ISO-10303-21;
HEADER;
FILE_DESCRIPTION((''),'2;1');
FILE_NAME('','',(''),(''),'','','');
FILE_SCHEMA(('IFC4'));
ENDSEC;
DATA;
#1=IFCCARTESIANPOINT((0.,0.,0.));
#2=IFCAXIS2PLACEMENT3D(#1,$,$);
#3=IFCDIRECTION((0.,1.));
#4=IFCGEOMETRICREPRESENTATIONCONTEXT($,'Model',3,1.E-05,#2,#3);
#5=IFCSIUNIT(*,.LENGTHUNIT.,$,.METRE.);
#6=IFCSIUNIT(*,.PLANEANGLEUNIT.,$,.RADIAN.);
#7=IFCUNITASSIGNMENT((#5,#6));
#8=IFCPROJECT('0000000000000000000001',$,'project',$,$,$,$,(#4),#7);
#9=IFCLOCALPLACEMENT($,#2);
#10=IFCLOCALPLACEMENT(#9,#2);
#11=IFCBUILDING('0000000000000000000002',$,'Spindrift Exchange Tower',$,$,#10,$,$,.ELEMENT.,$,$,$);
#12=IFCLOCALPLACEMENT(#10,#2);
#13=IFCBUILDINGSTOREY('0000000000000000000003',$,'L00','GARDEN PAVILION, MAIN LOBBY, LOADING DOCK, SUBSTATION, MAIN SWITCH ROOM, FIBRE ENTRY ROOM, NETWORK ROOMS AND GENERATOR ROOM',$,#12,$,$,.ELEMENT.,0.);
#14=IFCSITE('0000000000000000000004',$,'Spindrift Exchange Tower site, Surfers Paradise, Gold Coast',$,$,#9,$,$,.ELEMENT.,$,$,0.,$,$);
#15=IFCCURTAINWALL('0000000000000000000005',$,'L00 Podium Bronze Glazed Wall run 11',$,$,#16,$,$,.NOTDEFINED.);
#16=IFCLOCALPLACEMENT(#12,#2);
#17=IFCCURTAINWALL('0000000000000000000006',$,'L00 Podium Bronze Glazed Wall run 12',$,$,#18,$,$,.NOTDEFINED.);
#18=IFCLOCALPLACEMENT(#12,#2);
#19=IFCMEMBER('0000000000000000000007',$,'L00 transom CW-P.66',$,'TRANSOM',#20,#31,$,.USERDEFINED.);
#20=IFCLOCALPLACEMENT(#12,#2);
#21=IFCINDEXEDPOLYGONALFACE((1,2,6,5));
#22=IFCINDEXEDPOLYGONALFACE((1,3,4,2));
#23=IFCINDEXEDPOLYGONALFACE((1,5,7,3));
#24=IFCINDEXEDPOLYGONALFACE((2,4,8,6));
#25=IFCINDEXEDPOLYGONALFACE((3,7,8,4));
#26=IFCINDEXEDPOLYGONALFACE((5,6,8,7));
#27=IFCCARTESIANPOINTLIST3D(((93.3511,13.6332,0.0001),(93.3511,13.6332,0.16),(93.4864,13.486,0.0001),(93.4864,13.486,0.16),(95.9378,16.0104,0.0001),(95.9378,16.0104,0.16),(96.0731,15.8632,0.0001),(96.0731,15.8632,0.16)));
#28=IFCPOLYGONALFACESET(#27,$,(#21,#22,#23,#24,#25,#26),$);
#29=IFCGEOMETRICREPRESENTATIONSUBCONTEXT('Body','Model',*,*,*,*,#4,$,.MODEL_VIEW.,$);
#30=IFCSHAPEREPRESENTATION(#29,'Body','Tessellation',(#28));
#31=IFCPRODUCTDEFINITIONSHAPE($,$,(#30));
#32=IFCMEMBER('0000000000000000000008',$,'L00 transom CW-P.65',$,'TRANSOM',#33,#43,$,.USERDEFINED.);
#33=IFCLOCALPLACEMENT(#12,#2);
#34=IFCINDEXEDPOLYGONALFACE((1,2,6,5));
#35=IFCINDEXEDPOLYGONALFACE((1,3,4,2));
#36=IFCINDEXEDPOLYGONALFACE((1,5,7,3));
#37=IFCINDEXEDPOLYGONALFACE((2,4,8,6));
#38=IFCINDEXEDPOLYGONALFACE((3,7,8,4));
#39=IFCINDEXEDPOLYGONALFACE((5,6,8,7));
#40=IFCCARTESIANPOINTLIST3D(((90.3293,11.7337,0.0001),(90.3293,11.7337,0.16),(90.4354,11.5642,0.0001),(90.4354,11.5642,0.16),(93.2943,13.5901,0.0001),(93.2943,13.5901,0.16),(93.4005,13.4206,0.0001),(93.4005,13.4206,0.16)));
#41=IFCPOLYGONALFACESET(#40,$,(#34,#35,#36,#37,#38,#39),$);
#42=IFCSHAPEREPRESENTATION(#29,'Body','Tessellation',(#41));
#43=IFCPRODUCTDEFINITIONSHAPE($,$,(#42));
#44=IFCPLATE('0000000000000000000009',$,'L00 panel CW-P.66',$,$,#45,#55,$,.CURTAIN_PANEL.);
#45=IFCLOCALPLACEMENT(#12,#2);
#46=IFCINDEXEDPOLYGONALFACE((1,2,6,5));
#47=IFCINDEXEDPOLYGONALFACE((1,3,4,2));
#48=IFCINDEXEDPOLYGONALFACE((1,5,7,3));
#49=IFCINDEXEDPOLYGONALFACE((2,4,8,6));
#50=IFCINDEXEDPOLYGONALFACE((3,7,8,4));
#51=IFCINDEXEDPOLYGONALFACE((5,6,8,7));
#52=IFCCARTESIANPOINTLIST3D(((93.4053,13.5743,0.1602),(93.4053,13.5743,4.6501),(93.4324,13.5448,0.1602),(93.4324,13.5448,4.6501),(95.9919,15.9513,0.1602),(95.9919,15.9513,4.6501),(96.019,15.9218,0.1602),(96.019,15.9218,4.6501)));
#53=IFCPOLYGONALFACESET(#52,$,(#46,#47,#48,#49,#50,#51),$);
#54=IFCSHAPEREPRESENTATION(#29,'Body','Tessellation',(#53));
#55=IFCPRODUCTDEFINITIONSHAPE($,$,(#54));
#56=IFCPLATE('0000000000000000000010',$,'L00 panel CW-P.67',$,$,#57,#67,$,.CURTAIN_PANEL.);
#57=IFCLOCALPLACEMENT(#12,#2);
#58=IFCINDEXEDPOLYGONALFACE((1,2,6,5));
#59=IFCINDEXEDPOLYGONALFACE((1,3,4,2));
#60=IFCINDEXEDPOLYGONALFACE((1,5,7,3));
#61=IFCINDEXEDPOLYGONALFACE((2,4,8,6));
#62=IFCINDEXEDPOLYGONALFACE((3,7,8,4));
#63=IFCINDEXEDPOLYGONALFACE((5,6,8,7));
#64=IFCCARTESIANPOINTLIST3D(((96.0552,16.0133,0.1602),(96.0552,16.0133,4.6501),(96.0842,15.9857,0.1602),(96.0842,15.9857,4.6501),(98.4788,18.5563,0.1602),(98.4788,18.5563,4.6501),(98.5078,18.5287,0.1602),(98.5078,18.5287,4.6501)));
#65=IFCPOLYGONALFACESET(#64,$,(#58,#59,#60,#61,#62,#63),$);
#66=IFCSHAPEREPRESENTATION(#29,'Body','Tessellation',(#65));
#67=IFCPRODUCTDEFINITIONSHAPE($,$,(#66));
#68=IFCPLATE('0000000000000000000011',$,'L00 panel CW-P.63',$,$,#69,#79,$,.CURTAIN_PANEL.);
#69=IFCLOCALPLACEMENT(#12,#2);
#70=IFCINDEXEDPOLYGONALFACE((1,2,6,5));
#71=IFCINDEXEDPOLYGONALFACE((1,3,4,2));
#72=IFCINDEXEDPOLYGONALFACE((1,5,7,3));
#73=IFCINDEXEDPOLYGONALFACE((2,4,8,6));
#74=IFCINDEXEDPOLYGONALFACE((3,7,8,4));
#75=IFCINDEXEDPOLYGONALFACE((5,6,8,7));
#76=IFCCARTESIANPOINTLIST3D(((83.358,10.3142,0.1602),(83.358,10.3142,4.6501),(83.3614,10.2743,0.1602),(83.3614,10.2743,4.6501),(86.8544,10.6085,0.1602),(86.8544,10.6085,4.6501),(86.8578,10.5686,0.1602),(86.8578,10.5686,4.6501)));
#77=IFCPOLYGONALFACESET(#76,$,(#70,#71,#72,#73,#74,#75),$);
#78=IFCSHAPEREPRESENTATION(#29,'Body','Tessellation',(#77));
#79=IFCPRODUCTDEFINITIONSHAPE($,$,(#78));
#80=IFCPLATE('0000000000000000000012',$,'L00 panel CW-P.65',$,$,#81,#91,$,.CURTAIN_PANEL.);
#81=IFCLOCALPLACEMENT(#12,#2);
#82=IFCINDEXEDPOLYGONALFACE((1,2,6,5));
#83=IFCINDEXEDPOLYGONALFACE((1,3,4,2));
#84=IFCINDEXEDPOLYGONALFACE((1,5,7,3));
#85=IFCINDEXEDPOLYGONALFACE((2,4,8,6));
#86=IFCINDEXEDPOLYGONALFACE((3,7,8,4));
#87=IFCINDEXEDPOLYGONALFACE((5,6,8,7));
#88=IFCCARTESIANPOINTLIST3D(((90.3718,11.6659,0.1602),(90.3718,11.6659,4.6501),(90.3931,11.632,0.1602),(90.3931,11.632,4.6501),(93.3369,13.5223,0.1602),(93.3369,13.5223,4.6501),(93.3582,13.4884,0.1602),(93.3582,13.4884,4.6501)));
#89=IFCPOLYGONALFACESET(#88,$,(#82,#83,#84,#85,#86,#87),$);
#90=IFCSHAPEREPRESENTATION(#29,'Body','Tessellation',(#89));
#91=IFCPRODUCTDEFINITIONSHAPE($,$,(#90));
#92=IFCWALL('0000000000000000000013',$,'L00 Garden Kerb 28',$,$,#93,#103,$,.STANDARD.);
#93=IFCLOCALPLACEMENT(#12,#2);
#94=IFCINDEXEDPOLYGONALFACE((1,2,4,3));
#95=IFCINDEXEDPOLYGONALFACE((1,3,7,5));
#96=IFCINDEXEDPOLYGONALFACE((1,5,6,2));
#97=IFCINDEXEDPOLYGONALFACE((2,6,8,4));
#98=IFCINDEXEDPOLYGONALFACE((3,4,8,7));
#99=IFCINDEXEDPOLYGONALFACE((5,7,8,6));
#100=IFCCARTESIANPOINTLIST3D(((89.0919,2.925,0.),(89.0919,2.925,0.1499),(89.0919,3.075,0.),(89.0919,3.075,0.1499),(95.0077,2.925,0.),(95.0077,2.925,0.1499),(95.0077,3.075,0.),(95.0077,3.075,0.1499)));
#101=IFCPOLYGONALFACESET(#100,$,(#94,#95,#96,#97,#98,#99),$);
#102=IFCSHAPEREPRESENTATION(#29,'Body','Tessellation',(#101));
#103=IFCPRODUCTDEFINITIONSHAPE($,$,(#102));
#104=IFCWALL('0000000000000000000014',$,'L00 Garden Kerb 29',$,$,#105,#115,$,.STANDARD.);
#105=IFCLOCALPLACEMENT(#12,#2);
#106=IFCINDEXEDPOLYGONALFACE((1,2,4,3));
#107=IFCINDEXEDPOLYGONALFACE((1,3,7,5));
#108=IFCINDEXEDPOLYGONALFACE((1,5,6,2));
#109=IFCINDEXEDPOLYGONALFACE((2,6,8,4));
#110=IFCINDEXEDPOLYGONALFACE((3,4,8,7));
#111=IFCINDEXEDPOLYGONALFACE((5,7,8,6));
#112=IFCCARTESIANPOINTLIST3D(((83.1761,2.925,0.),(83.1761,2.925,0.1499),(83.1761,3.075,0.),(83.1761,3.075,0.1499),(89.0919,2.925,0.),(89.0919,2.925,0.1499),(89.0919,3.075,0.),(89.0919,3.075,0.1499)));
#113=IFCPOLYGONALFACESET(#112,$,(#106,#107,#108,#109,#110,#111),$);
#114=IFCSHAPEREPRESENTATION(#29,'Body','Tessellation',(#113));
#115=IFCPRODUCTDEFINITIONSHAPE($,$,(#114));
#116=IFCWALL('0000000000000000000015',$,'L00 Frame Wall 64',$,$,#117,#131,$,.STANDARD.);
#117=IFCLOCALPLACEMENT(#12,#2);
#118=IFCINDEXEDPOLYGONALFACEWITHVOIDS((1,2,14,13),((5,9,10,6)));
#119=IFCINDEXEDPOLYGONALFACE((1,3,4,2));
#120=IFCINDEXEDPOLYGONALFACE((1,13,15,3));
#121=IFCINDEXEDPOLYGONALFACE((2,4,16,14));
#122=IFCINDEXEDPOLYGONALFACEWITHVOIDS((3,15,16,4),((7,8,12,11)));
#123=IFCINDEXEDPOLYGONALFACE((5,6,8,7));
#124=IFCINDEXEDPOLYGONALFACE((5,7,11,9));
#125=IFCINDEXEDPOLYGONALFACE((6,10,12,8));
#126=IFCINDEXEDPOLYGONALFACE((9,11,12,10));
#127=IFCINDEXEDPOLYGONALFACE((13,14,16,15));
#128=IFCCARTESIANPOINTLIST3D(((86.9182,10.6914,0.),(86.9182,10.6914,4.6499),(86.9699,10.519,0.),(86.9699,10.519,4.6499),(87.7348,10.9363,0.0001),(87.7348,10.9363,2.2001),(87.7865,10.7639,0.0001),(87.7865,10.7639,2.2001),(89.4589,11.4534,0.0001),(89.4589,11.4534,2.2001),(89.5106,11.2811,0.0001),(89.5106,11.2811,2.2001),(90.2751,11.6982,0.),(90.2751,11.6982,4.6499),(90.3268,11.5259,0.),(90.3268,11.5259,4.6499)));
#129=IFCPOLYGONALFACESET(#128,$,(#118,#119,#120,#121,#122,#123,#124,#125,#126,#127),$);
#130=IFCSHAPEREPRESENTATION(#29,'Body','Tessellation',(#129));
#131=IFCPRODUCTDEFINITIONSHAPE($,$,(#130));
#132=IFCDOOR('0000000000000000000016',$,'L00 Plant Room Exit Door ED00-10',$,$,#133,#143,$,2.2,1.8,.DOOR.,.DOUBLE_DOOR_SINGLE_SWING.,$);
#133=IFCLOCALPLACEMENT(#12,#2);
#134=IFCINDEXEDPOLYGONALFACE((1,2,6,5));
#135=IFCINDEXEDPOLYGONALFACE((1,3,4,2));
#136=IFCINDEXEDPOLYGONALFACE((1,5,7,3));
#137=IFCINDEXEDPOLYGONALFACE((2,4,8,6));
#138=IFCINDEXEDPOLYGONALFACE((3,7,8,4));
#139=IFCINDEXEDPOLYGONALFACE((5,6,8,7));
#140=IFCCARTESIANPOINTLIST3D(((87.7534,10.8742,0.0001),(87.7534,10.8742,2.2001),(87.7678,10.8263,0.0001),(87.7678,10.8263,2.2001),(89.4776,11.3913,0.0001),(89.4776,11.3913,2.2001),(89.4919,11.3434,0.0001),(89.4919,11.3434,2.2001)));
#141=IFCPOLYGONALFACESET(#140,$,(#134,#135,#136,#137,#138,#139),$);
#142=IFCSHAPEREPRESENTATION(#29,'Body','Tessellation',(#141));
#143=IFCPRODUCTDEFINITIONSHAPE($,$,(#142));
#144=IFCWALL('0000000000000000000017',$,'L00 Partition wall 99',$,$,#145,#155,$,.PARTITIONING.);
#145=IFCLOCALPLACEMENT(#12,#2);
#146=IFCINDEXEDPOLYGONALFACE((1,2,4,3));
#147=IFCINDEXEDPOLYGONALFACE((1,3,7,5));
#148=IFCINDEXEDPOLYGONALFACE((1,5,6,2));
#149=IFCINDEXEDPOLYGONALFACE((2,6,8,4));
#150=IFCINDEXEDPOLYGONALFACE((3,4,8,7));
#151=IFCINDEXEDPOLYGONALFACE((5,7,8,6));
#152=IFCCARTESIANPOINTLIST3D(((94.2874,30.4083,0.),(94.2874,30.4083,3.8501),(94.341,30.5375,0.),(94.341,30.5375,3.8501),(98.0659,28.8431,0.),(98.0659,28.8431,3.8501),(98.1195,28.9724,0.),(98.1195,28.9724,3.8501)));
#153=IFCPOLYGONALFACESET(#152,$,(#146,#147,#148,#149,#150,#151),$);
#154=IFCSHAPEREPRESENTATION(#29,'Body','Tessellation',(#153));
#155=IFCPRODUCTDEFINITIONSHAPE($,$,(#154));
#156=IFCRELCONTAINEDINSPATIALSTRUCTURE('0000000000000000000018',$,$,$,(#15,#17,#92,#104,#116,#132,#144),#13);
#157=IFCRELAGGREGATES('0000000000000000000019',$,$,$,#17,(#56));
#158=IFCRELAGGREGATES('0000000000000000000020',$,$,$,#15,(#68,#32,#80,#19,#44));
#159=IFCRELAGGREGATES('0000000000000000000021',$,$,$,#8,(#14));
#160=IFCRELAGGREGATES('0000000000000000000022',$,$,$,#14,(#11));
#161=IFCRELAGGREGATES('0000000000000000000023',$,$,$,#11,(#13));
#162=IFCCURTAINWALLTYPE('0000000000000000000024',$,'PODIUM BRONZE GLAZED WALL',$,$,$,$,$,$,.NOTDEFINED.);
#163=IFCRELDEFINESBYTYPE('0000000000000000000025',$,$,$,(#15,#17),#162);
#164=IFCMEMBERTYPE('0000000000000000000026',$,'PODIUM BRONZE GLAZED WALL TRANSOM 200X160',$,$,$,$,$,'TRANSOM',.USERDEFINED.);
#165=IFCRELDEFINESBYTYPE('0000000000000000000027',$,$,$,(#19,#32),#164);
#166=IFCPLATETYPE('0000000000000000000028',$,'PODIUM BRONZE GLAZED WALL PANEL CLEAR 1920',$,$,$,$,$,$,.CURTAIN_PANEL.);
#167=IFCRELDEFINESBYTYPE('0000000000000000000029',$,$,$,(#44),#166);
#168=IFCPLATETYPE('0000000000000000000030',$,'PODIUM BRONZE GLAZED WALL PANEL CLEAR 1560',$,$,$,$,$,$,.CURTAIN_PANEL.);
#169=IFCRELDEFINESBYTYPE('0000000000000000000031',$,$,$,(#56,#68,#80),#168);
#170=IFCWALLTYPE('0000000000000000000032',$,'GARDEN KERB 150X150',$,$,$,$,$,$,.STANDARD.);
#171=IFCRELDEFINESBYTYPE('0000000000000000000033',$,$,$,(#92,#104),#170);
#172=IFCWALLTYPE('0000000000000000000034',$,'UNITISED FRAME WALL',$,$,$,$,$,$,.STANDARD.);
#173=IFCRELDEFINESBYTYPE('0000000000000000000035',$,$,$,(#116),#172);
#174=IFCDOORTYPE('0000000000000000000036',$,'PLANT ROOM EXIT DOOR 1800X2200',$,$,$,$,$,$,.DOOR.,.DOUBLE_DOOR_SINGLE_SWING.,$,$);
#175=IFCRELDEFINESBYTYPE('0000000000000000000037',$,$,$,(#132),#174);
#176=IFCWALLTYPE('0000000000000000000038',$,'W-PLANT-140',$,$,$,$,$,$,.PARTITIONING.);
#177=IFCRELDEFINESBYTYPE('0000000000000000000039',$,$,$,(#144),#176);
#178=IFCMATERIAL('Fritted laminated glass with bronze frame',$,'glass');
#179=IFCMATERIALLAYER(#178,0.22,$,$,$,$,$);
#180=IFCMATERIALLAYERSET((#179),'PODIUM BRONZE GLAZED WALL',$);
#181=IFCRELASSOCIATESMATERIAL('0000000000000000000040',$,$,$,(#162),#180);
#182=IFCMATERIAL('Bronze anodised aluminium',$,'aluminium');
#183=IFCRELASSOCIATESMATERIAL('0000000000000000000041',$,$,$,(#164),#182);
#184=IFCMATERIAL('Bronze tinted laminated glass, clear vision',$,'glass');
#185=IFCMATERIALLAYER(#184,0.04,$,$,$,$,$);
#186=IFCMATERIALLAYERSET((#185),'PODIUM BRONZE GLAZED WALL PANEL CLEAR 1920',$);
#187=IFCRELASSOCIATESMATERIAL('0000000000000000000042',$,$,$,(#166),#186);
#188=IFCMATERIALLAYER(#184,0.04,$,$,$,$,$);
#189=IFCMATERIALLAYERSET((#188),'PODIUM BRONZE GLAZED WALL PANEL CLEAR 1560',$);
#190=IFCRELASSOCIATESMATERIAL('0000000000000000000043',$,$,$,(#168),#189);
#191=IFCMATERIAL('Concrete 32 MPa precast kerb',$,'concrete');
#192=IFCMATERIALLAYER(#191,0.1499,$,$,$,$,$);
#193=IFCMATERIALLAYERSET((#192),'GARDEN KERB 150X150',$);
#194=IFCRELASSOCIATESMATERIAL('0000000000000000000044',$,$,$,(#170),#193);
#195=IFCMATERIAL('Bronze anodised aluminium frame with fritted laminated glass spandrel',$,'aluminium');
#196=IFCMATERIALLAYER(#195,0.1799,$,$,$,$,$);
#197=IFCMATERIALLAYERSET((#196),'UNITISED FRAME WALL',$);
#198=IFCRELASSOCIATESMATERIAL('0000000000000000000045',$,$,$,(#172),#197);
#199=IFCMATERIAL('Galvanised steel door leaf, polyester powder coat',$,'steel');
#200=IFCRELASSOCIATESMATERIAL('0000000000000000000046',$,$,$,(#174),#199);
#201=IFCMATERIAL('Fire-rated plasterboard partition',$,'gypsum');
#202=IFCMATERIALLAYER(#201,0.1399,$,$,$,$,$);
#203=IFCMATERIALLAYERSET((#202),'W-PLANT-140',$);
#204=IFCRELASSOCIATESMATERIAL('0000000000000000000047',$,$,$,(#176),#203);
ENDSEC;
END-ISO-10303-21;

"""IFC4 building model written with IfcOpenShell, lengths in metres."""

from ifc_helpers import new_model, si_unit, direction, frame, frame_2d, origin, origin_2d, place, context, subcontext, project, spatial, rectangle, extrude, source, transform, mapped, material, layer, layer_set, material_profile, profile_set, type_object, element, fill, aggregate, save


model = new_model("IFC4")

# Units and contexts
model_context = context("Model", 3, precision=1e-05, world=origin(), true_north=direction((0.0, 1.0)))
body_context = subcontext(model_context, "Body", "Model", "MODEL_VIEW")
ifc_project = project(units=[si_unit("LENGTHUNIT", "METRE"), si_unit("PLANEANGLEUNIT", "RADIAN")], contexts=[model_context])

# Site, building, storey
site_placement = place(None, origin())
site = spatial("IfcSite", under=ifc_project, at=site_placement, Name="Spindrift Exchange Tower site, Surfers Paradise, Gold Coast", CompositionType="ELEMENT", RefElevation=0.0)
building_placement = place(site_placement, origin())
building = spatial("IfcBuilding", under=site, at=building_placement, Name="Spindrift Exchange Tower", CompositionType="ELEMENT")
storey_placement = place(building_placement, origin())
storey = spatial("IfcBuildingStorey", under=building, at=storey_placement, Name="L00", Description="GARDEN PAVILION, MAIN LOBBY, LOADING DOCK, SUBSTATION, MAIN SWITCH ROOM, FIBRE ENTRY ROOM, NETWORK ROOMS AND GENERATOR ROOM", CompositionType="ELEMENT", Elevation=0.0)

# Curtain walls
ifc_material_1 = material(Name="Fritted laminated glass with bronze frame", Category="glass")
ifc_layer_1 = layer(ifc_material_1, 0.22)
ifc_layer_set_1 = layer_set([ifc_layer_1], Name="PODIUM BRONZE GLAZED WALL")
curtain_wall_type = type_object("IfcCurtainWallType", Name="PODIUM BRONZE GLAZED WALL", PredefinedType="NOTDEFINED", material=ifc_layer_set_1)
curtain_wall_1_placement = place(storey_placement, origin())
curtain_wall_1 = element("IfcCurtainWall", 1, at=curtain_wall_1_placement, inside=storey, type_object=curtain_wall_type, Name="L00 Podium Bronze Glazed Wall run 11", PredefinedType="NOTDEFINED")
ifc_material_2 = material(Name="Bronze anodised aluminium", Category="aluminium")
curtain_wall_2_placement = place(storey_placement, origin())
curtain_wall_2 = element("IfcCurtainWall", 2, at=curtain_wall_2_placement, inside=storey, type_object=curtain_wall_type, Name="L00 Podium Bronze Glazed Wall run 12", PredefinedType="NOTDEFINED")
ifc_material_profile_1 = material_profile(ifc_material_2, rectangle(XDim=0.2, YDim=0.1599, at=origin_2d()), Name="PODIUM BRONZE GLAZED WALL TRANSOM 200X160")
ifc_profile_set_1 = profile_set([ifc_material_profile_1], Name="Bronze anodised aluminium")
member_type_1 = type_object("IfcMemberType", Name="PODIUM BRONZE GLAZED WALL TRANSOM 200X160", ElementType="TRANSOM", PredefinedType="USERDEFINED", material=ifc_profile_set_1)

# Members
shared_shape_1 = source(origin(), body_context, "Body", "SweptSolid", [
    extrude(rectangle(XDim=0.2, YDim=0.1599, at=origin_2d()), origin(), (0.0, 0.0, 1.0), 3.5132),
])
member_1_placement = place(storey_placement, frame((93.4187, 13.5596, 0.0801), z_axis=(0.736291, 0.676665, 0.0), x_axis=(-0.676665, 0.736291, 0.0)))
member_1 = element("IfcMember", 3, at=member_1_placement, type_object=member_type_1, Name="L00 transom CW-P.66", ObjectType="TRANSOM", PredefinedType="USERDEFINED", context=body_context, shape_type="MappedRepresentation", body=[
    mapped(shared_shape_1, transform((0.0, 0.0, 0.0), scale=1.0)),
])
shared_shape_2 = source(origin(), body_context, "Body", "SweptSolid", [
    extrude(rectangle(XDim=0.2, YDim=0.1599, at=origin_2d()), origin(), (0.0, 0.0, 1.0), 3.4983),
])
member_2_placement = place(storey_placement, frame((90.3823, 11.6489, 0.0801), z_axis=(0.847579, 0.53067, 0.0), x_axis=(-0.53067, 0.847579, 0.0)))
member_2 = element("IfcMember", 4, at=member_2_placement, type_object=member_type_1, Name="L00 transom CW-P.65", ObjectType="TRANSOM", PredefinedType="USERDEFINED", context=body_context, shape_type="MappedRepresentation", body=[
    mapped(shared_shape_2, transform((0.0, 0.0, 0.0), scale=1.0)),
])

# Plates
ifc_material_3 = material(Name="Bronze tinted laminated glass, clear vision", Category="glass")
ifc_layer_2 = layer(ifc_material_3, 0.04)
ifc_layer_set_2 = layer_set([ifc_layer_2], Name="PODIUM BRONZE GLAZED WALL PANEL CLEAR 1920")
plate_type_1 = type_object("IfcPlateType", Name="PODIUM BRONZE GLAZED WALL PANEL CLEAR 1920", PredefinedType="CURTAIN_PANEL", material=ifc_layer_set_2)
shared_shape_3 = source(origin(), body_context, "Body", "SweptSolid", [
    extrude(rectangle(XDim=3.5129, YDim=0.04, at=origin_2d()), origin(), (0.0, 0.0, 1.0), 4.49),
])
plate_1_placement = place(storey_placement, frame((94.7122, 14.748, 0.1602), z_axis=(0.0, 0.0, 1.0), x_axis=(0.736313, 0.676641, 0.0)))
plate_1 = element("IfcPlate", 5, at=plate_1_placement, type_object=plate_type_1, Name="L00 panel CW-P.66", PredefinedType="CURTAIN_PANEL", context=body_context, shape_type="MappedRepresentation", body=[
    mapped(shared_shape_3, transform((0.0, 0.0, 0.0), scale=1.0)),
])
ifc_layer_3 = layer(ifc_material_3, 0.04)
ifc_layer_set_3 = layer_set([ifc_layer_3], Name="PODIUM BRONZE GLAZED WALL PANEL CLEAR 1560")
plate_type_2 = type_object("IfcPlateType", Name="PODIUM BRONZE GLAZED WALL PANEL CLEAR 1560", PredefinedType="CURTAIN_PANEL", material=ifc_layer_set_3)
shared_shape_4 = source(origin(), body_context, "Body", "SweptSolid", [
    extrude(rectangle(XDim=3.5129, YDim=0.04, at=origin_2d()), origin(), (0.0, 0.0, 1.0), 4.49),
])
plate_2_placement = place(storey_placement, frame((97.2815, 17.271, 0.1602), z_axis=(0.0, 0.0, 1.0), x_axis=(0.689917, 0.723889, 0.0)))
plate_2 = element("IfcPlate", 6, at=plate_2_placement, type_object=plate_type_2, Name="L00 panel CW-P.67", PredefinedType="CURTAIN_PANEL", context=body_context, shape_type="MappedRepresentation", body=[
    mapped(shared_shape_4, transform((0.0, 0.0, 0.0), scale=1.0)),
])
aggregate(curtain_wall_2, [plate_2])
shared_shape_5 = source(origin(), body_context, "Body", "SweptSolid", [
    extrude(rectangle(XDim=3.5088, YDim=0.04, at=origin_2d()), origin(), (0.0, 0.0, 1.0), 4.49),
])
plate_3_placement = place(storey_placement, frame((85.1079, 10.4414, 0.1602), z_axis=(0.0, 0.0, 1.0), x_axis=(0.996475, 0.08389, 0.0)))
plate_3 = element("IfcPlate", 7, at=plate_3_placement, type_object=plate_type_2, Name="L00 panel CW-P.63", PredefinedType="CURTAIN_PANEL", context=body_context, shape_type="MappedRepresentation", body=[
    mapped(shared_shape_5, transform((0.0, 0.0, 0.0), scale=1.0)),
])
shared_shape_6 = source(origin(), body_context, "Body", "SweptSolid", [
    extrude(rectangle(XDim=3.4983, YDim=0.04, at=origin_2d()), origin(), (0.0, 0.0, 1.0), 4.49),
])
plate_4_placement = place(storey_placement, frame((91.865, 12.5771, 0.1602), z_axis=(0.0, 0.0, 1.0), x_axis=(0.847582, 0.530665, 0.0)))
plate_4 = element("IfcPlate", 8, at=plate_4_placement, type_object=plate_type_2, Name="L00 panel CW-P.65", PredefinedType="CURTAIN_PANEL", context=body_context, shape_type="MappedRepresentation", body=[
    mapped(shared_shape_6, transform((0.0, 0.0, 0.0), scale=1.0)),
])
aggregate(curtain_wall_1, [plate_3, member_2, plate_4, member_1, plate_1])

# Walls
ifc_material_4 = material(Name="Concrete 32 MPa precast kerb", Category="concrete")
ifc_layer_4 = layer(ifc_material_4, 0.1499)
ifc_layer_set_4 = layer_set([ifc_layer_4], Name="GARDEN KERB 150X150")
wall_type_1 = type_object("IfcWallType", Name="GARDEN KERB 150X150", PredefinedType="STANDARD", material=ifc_layer_set_4)
for number, where, z_axis, x_axis, name in (
    (9, (95.0078, 3.0, 0.0), (0.0, 0.0, 1.0), (-1.0, 0.0, 0.0), "L00 Garden Kerb 28"),
    (10, (89.092, 3.0, 0.0), (0.0, 0.0, 1.0), (-1.0, 0.0, 0.0), "L00 Garden Kerb 29"),
):
    element("IfcWall", number, at=place(storey_placement, frame(where, z_axis=z_axis, x_axis=x_axis)), inside=storey, type_object=wall_type_1, Name=name, PredefinedType="STANDARD", context=body_context, shape_type="SweptSolid", body=[
        extrude(rectangle(XDim=5.9158, YDim=0.1499, at=frame_2d((2.958, 0.0))), origin(), (0.0, 0.0, 1.0), 0.1499),
    ])

# Wall, opening, door
ifc_material_5 = material(Name="Bronze anodised aluminium frame with fritted laminated glass spandrel", Category="aluminium")
ifc_layer_5 = layer(ifc_material_5, 0.1799)
ifc_layer_set_5 = layer_set([ifc_layer_5], Name="UNITISED FRAME WALL")
wall_type_2 = type_object("IfcWallType", Name="UNITISED FRAME WALL", PredefinedType="STANDARD", material=ifc_layer_set_5)
wall_1_placement = place(storey_placement, frame((90.301, 11.6121, 0.0), z_axis=(0.0, 0.0, 1.0), x_axis=(-0.957845, -0.287284, 0.0)))
wall_1 = element("IfcWall", 11, at=wall_1_placement, inside=storey, type_object=wall_type_2, Name="L00 Frame Wall 64", PredefinedType="STANDARD", context=body_context, shape_type="SweptSolid", body=[
    extrude(rectangle(XDim=3.5046, YDim=0.1799, at=frame_2d((1.7524, 0.0))), origin(), (0.0, 0.0, 1.0), 4.6499),
])
opening_placement = place(wall_1_placement, frame((0.8523, 0.0, 0.0)))
opening = element("IfcOpeningElement", 12, at=opening_placement, cuts=wall_1, PredefinedType="OPENING", context=body_context, shape_type="SweptSolid", body=[
    extrude(rectangle(XDim=1.8, YDim=2.2, at=frame_2d((0.8999, 1.1001))), frame((0.0, 0.0999, 0.0), z_axis=(0.0, -1.0, 0.0), x_axis=(1.0, 0.0, 0.0)), (0.0, 0.0, 1.0), 0.2),
])
ifc_material_6 = material(Name="Galvanised steel door leaf, polyester powder coat", Category="steel")
door_type = type_object("IfcDoorType", Name="PLANT ROOM EXIT DOOR 1800X2200", OperationType="DOUBLE_DOOR_SINGLE_SWING", PredefinedType="DOOR", material=ifc_material_6)
shared_shape_7 = source(origin(), body_context, "Body", "SweptSolid", [
    extrude(rectangle(XDim=1.8, YDim=2.2, at=frame_2d((0.8999, 1.1001))), frame((0.0, 0.0249, 0.0), z_axis=(0.0, -1.0, 0.0), x_axis=(1.0, 0.0, 0.0)), (0.0, 0.0, 1.0), 0.05),
])
door_placement = place(opening_placement, origin())
door = element("IfcDoor", 13, at=door_placement, inside=storey, type_object=door_type, Name="L00 Plant Room Exit Door ED00-10", OperationType="DOUBLE_DOOR_SINGLE_SWING", OverallHeight=2.2, OverallWidth=1.8, PredefinedType="DOOR", context=body_context, shape_type="MappedRepresentation", body=[
    mapped(shared_shape_7, transform((0.0, 0.0, 0.0), scale=1.0)),
])
fill(opening, door)

# Wall
ifc_material_7 = material(Name="Fire-rated plasterboard partition", Category="gypsum")
ifc_layer_6 = layer(ifc_material_7, 0.1399)
ifc_layer_set_6 = layer_set([ifc_layer_6], Name="W-PLANT-140")
wall_type_3 = type_object("IfcWallType", Name="W-PLANT-140", PredefinedType="PARTITIONING", material=ifc_layer_set_6)
wall_2_placement = place(storey_placement, frame((94.3142, 30.4729, 0.0), z_axis=(0.0, 0.0, 1.0), x_axis=(0.923875, -0.382694, 0.0)))
element("IfcWall", 14, at=wall_2_placement, inside=storey, type_object=wall_type_3, Name="L00 Partition wall 99", PredefinedType="PARTITIONING", context=body_context, shape_type="SweptSolid", body=[
    extrude(rectangle(XDim=4.0898, YDim=0.1399, at=frame_2d((2.0449, 0.0))), origin(), (0.0, 0.0, 1.0), 3.8501),
])

save(model, "model.ifc")
